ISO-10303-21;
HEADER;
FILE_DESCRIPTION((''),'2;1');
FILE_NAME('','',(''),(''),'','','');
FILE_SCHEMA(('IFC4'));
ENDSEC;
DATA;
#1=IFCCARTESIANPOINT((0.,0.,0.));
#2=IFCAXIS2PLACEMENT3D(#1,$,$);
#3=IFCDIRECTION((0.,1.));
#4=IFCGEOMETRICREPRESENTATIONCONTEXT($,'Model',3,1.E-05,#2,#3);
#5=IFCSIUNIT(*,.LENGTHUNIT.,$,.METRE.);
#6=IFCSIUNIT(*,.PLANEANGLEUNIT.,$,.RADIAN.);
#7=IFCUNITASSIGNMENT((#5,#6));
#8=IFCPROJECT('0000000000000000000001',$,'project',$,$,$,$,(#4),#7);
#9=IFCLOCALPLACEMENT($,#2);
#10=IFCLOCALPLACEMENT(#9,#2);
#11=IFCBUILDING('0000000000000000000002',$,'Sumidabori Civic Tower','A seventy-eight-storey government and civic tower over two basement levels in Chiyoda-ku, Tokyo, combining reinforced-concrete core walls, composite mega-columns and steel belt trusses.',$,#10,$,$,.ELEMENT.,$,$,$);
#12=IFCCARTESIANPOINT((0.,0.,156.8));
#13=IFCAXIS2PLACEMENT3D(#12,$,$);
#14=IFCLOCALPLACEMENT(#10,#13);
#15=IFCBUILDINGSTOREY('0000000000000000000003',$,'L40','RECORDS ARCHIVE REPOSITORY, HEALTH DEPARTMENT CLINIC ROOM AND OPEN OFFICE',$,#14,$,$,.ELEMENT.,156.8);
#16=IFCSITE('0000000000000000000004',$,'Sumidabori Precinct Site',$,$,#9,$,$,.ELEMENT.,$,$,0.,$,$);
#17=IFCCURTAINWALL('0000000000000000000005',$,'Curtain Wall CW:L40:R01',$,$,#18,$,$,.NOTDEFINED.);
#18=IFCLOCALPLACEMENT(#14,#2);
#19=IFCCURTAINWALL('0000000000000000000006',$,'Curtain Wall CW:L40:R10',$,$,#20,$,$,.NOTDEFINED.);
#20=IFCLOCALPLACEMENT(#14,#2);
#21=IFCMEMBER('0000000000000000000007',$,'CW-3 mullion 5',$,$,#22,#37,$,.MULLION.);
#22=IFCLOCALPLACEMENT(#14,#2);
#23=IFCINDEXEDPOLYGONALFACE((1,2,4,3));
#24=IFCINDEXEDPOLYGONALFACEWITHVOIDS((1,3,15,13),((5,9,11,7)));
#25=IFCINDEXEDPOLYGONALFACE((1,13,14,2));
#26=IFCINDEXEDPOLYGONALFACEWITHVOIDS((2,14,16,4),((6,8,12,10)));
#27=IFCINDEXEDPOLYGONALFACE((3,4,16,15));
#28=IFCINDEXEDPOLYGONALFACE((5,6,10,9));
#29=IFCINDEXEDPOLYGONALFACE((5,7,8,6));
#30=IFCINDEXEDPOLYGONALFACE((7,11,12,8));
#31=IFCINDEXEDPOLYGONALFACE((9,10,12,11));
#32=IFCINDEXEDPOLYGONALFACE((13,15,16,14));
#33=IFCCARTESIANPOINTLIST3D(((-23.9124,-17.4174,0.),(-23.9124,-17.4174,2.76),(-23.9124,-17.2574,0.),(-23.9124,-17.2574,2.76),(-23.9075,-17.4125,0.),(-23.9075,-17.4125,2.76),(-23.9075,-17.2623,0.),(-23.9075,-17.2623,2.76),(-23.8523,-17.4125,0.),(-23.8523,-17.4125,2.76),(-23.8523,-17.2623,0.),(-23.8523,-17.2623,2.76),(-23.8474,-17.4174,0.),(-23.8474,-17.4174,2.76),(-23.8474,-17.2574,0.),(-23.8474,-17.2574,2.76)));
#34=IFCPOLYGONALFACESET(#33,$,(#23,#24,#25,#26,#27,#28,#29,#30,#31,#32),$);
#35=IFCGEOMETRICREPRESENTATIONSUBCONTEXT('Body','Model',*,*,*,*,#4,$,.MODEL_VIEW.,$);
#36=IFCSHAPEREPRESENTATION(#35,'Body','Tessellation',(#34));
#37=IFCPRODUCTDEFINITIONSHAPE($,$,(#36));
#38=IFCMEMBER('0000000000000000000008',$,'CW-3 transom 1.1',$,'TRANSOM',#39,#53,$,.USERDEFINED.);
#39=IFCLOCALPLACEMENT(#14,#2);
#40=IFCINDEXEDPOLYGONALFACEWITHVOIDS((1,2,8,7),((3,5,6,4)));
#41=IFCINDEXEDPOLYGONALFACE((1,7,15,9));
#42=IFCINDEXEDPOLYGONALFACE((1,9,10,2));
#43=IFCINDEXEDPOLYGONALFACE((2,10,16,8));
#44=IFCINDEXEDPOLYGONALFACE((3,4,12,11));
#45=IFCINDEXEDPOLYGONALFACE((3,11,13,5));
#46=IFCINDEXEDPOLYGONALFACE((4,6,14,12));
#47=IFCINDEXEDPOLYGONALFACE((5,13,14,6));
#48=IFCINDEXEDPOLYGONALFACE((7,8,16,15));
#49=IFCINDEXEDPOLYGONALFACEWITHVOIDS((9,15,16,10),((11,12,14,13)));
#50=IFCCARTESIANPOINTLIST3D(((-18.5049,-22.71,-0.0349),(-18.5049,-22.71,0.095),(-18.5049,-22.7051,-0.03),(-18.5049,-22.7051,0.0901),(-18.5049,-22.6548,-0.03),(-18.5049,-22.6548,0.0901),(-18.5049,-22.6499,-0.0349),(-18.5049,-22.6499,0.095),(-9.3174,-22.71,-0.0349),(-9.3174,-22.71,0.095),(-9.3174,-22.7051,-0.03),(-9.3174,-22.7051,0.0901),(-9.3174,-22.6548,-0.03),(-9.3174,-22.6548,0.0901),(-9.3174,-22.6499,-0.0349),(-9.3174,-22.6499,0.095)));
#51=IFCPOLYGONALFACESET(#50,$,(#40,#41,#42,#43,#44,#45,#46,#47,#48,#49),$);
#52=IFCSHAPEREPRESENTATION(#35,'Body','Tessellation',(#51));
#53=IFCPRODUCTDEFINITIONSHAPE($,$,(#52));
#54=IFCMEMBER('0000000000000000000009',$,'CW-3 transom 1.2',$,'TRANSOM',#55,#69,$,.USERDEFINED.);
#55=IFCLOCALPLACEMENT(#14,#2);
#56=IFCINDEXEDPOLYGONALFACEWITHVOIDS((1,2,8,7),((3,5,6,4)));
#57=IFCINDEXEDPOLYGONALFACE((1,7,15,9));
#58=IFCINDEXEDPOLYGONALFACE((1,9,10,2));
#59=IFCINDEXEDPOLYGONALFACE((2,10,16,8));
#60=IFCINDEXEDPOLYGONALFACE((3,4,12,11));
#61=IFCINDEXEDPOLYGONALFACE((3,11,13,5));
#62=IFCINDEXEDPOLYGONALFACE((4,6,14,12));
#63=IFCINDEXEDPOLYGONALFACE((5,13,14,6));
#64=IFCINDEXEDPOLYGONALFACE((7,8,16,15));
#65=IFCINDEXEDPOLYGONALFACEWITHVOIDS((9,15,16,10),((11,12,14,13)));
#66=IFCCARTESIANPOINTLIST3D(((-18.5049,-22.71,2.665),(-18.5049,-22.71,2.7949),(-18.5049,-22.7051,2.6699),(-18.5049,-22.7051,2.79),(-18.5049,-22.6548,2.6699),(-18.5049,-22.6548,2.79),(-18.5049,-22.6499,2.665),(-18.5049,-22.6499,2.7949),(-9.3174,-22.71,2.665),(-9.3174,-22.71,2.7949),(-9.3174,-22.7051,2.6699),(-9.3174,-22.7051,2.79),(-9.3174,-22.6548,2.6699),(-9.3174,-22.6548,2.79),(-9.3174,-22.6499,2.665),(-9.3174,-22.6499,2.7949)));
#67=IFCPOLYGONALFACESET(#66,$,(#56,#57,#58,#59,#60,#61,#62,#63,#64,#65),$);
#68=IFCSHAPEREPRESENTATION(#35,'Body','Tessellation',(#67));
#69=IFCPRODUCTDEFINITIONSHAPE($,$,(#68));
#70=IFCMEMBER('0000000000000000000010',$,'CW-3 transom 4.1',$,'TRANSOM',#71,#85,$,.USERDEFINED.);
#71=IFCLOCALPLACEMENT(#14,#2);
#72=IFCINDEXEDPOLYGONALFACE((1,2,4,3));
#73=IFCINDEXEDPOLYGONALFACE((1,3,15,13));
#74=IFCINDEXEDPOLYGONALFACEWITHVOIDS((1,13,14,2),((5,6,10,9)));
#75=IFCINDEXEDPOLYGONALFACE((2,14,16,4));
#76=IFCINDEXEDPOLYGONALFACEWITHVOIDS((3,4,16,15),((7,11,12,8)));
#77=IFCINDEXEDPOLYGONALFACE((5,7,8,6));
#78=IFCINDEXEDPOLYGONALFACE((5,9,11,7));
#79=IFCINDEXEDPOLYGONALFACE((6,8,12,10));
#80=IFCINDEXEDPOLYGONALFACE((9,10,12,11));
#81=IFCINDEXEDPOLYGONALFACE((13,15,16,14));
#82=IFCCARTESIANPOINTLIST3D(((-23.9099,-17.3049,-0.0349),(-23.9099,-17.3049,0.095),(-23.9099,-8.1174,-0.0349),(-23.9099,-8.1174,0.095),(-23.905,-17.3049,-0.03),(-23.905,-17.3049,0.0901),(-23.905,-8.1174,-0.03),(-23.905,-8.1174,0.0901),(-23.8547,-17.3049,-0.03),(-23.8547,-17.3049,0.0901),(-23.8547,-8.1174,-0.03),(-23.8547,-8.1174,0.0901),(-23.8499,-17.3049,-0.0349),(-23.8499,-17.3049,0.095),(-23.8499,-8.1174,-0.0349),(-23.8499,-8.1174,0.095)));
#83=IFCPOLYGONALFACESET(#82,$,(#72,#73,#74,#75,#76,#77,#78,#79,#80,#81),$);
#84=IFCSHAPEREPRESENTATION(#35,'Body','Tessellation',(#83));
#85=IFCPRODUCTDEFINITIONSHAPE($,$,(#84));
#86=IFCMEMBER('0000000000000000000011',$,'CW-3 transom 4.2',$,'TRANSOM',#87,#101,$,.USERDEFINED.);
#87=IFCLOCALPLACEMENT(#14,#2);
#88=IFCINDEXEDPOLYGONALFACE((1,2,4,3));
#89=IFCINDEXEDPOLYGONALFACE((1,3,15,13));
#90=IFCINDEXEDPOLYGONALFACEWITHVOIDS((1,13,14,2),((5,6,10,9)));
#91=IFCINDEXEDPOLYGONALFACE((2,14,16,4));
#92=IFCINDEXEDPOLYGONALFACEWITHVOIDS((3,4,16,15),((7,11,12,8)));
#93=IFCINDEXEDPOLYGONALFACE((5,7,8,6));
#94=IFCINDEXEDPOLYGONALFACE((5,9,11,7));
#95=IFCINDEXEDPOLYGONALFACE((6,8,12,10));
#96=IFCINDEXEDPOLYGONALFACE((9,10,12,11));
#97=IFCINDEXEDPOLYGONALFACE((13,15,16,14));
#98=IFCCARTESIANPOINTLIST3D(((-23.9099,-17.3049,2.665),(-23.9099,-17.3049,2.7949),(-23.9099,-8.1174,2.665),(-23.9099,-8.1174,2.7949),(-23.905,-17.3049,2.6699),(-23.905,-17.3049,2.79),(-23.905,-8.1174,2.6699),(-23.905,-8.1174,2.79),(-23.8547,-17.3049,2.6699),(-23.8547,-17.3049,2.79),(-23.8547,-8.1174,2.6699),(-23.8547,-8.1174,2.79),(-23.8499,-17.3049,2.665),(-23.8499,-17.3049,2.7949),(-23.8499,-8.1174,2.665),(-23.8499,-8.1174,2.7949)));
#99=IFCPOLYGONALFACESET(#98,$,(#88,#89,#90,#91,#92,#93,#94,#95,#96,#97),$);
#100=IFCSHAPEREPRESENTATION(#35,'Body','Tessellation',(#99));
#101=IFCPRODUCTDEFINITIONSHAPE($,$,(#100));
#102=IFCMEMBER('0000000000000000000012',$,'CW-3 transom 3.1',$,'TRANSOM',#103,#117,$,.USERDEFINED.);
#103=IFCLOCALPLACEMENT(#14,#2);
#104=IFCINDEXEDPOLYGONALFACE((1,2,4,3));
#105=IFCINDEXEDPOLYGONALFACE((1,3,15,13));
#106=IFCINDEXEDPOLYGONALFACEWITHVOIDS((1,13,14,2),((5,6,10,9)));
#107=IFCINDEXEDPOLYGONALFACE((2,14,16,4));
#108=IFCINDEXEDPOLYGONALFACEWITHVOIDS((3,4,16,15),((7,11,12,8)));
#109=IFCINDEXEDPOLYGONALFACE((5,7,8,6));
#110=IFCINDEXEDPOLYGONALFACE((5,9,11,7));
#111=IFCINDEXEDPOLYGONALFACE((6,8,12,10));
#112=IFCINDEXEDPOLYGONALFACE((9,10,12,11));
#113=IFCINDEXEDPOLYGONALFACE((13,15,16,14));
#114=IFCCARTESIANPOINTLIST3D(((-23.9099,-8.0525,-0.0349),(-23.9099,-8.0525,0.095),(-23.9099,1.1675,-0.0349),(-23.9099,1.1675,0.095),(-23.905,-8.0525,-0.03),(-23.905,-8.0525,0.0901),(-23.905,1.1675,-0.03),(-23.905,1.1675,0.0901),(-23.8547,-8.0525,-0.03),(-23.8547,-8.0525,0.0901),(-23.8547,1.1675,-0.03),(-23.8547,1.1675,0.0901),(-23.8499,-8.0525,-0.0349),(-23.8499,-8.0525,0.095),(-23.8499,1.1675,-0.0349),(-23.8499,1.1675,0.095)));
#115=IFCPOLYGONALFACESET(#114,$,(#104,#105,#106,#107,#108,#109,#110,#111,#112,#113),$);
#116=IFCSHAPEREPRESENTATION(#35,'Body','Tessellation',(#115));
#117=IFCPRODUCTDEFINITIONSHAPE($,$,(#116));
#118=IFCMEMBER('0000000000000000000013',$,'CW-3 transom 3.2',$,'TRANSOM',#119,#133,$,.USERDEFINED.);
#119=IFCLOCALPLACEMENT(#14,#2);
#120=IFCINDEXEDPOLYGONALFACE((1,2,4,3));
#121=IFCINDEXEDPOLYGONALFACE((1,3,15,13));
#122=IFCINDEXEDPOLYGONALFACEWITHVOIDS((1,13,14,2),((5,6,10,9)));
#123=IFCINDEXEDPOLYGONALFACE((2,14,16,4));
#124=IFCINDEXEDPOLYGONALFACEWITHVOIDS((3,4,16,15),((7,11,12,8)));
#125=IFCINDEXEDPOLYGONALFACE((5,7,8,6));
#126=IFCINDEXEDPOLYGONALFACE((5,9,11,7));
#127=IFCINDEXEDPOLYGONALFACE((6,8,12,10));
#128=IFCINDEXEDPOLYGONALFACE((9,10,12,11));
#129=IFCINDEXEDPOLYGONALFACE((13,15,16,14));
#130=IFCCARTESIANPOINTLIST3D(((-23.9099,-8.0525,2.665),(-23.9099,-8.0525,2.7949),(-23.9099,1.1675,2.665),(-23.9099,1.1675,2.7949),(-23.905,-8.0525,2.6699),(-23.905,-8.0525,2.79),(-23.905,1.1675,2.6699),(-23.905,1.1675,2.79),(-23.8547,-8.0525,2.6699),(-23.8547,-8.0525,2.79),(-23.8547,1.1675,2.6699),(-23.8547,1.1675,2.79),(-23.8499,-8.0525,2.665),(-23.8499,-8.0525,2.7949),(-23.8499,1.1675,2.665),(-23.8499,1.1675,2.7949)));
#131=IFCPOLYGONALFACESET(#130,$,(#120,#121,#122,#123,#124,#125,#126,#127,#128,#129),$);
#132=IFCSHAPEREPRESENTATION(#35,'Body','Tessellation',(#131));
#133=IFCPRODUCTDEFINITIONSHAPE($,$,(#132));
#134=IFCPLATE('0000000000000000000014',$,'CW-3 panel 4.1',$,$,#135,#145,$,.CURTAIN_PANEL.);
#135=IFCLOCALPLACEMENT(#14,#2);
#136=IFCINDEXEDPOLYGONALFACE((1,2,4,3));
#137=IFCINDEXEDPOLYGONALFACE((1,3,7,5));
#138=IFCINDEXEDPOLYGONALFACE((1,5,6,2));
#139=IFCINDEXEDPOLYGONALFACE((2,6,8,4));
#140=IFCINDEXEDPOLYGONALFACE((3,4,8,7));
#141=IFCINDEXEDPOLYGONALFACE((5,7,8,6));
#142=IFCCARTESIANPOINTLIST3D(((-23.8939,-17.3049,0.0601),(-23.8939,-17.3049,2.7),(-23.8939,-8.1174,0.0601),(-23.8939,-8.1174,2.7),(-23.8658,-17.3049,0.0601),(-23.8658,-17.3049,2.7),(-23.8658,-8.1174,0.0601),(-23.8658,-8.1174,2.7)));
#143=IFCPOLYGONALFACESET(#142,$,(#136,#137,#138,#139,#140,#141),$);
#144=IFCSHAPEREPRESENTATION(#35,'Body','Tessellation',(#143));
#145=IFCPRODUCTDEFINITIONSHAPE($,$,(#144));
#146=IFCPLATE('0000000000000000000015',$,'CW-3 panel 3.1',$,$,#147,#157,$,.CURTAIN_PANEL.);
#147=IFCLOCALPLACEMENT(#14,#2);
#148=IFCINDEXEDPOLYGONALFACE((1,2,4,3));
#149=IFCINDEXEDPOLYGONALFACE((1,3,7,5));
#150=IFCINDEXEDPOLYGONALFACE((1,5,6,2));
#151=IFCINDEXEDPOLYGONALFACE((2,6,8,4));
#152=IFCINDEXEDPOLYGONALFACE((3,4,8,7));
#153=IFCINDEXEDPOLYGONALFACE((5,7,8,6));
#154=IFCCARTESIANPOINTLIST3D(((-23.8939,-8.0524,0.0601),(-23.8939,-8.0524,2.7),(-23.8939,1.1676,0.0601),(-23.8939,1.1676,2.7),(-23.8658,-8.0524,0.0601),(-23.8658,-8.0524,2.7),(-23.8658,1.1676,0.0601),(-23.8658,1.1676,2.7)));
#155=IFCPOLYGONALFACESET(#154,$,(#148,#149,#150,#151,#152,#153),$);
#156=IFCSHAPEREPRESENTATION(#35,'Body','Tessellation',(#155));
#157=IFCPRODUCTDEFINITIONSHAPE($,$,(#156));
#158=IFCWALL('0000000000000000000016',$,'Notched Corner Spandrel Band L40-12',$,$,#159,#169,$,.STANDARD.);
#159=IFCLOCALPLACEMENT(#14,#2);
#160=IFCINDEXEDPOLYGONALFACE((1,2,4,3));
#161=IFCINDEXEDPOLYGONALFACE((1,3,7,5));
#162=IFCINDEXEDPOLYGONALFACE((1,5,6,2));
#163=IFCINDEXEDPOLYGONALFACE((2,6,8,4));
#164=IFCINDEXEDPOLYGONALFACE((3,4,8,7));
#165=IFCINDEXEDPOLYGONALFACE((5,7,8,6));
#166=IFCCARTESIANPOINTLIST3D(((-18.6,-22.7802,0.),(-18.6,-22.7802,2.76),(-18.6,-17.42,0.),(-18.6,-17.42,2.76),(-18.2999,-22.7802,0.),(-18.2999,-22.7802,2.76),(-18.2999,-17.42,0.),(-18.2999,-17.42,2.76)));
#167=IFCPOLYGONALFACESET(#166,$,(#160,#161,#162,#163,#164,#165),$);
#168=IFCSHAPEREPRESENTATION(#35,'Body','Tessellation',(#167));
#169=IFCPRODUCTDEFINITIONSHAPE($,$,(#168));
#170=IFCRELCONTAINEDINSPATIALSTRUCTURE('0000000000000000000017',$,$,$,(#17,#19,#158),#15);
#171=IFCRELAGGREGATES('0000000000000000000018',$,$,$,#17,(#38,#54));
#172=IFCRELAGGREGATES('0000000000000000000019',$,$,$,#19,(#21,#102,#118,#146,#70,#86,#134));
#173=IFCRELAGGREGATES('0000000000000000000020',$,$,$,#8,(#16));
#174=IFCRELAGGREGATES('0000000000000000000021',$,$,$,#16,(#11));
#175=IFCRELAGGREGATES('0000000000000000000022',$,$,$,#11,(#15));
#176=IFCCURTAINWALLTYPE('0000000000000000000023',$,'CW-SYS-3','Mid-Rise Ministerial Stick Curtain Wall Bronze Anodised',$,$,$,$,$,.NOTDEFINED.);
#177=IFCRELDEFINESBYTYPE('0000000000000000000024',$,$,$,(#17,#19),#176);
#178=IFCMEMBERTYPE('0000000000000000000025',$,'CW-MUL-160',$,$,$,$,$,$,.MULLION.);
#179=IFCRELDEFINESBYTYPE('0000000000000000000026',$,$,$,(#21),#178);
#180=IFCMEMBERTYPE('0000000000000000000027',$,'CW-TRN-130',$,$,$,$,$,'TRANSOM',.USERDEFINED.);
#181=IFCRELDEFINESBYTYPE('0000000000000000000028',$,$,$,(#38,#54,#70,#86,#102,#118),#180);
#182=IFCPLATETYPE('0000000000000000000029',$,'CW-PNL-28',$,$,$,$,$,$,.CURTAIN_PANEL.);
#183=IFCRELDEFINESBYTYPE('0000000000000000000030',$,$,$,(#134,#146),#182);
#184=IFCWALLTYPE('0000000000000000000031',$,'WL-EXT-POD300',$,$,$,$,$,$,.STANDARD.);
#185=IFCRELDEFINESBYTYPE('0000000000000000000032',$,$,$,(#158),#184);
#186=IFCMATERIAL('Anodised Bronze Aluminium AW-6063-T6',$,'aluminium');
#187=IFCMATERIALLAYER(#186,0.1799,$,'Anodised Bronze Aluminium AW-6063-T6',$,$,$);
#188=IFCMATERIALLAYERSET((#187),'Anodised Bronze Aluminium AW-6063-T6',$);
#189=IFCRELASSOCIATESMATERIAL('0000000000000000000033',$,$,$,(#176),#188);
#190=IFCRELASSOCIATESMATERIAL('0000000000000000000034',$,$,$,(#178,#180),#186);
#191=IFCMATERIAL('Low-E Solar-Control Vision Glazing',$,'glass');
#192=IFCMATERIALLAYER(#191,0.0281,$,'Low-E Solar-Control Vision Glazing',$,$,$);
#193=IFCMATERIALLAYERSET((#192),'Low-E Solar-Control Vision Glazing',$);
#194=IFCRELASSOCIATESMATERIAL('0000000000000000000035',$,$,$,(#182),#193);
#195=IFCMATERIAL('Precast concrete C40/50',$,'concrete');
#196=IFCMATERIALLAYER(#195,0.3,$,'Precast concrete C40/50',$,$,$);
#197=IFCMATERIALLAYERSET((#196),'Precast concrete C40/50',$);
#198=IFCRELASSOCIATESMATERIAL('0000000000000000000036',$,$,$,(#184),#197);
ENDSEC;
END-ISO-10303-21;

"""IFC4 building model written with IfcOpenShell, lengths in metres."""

from ifc_helpers import new_model, si_unit, direction, frame, frame_2d, origin, origin_2d, place, context, subcontext, project, spatial, rectangle, hollow_rectangle, extrude, source, transform, mapped, material, layer, layer_set, material_profile, profile_set, type_object, element, aggregate, save


model = new_model("IFC4")

# Units and contexts
model_context = context("Model", 3, precision=1e-05, world=origin(), true_north=direction((0.0, 1.0)))
body_context = subcontext(model_context, "Body", "Model", "MODEL_VIEW")
ifc_project = project(units=[si_unit("LENGTHUNIT", "METRE"), si_unit("PLANEANGLEUNIT", "RADIAN")], contexts=[model_context])

# Site, building, storey
site_placement = place(None, origin())
site = spatial("IfcSite", under=ifc_project, at=site_placement, Name="Sumidabori Precinct Site", CompositionType="ELEMENT", RefElevation=0.0)
building_placement = place(site_placement, origin())
building = spatial("IfcBuilding", under=site, at=building_placement, Name="Sumidabori Civic Tower", Description="A seventy-eight-storey government and civic tower over two basement levels in Chiyoda-ku, Tokyo, combining reinforced-concrete core walls, composite mega-columns and steel belt trusses.", CompositionType="ELEMENT")
storey_placement = place(building_placement, frame((0.0, 0.0, 156.8)))
storey = spatial("IfcBuildingStorey", under=building, at=storey_placement, Name="L40", Description="RECORDS ARCHIVE REPOSITORY, HEALTH DEPARTMENT CLINIC ROOM AND OPEN OFFICE", CompositionType="ELEMENT", Elevation=156.8)

# Curtain wall
ifc_material_1 = material(Name="Anodised Bronze Aluminium AW-6063-T6", Category="aluminium")
ifc_layer_1 = layer(ifc_material_1, 0.1799, Name="Anodised Bronze Aluminium AW-6063-T6")
ifc_layer_set_1 = layer_set([ifc_layer_1], Name="Anodised Bronze Aluminium AW-6063-T6")
curtain_wall_type = type_object("IfcCurtainWallType", Name="CW-SYS-3", Description="Mid-Rise Ministerial Stick Curtain Wall Bronze Anodised", PredefinedType="NOTDEFINED", material=ifc_layer_set_1)
curtain_wall_1_placement = place(storey_placement, origin())
curtain_wall_1 = element("IfcCurtainWall", 1, at=curtain_wall_1_placement, inside=storey, type_object=curtain_wall_type, Name="Curtain Wall CW:L40:R01", PredefinedType="NOTDEFINED")
ifc_material_profile_1 = material_profile(ifc_material_1, hollow_rectangle(XDim=0.0649, YDim=0.1599, WallThickness=0.0049, at=origin_2d()), Name="ALU MULLION 160x65")
ifc_profile_set_1 = profile_set([ifc_material_profile_1], Name="Anodised Bronze Aluminium AW-6063-T6")
member_type_1 = type_object("IfcMemberType", Name="CW-MUL-160", PredefinedType="MULLION", material=ifc_profile_set_1)
shared_shape_1 = source(origin(), body_context, "Body", "SweptSolid", [
    extrude(hollow_rectangle(XDim=0.0649, YDim=0.1599, WallThickness=0.0049, at=origin_2d()), origin(), (0.0, 0.0, 1.0), 2.76),
])

# Curtain wall, member
curtain_wall_2_placement = place(storey_placement, origin())
curtain_wall_2 = element("IfcCurtainWall", 2, at=curtain_wall_2_placement, inside=storey, type_object=curtain_wall_type, Name="Curtain Wall CW:L40:R10", PredefinedType="NOTDEFINED")
member_1_placement = place(storey_placement, frame((-23.8799, -17.3374, 0.0), z_axis=(0.0, 0.0, 1.0), x_axis=(1.0, 0.0, 0.0)))
member_1 = element("IfcMember", 3, at=member_1_placement, type_object=member_type_1, Name="CW-3 mullion 5", PredefinedType="MULLION", context=body_context, shape_type="MappedRepresentation", body=[
    mapped(shared_shape_1, transform((0.0, 0.0, 0.0), x_axis=(1.0, 0.0, 0.0), y_axis=(0.0, 1.0, 0.0), z_axis=(0.0, 0.0, 1.0), scale=1.0)),
])

# Members
ifc_material_profile_2 = material_profile(ifc_material_1, hollow_rectangle(XDim=0.0601, YDim=0.1299, WallThickness=0.0049, at=origin_2d()), Name="ALU TRANSOM 130x60")
ifc_profile_set_2 = profile_set([ifc_material_profile_2], Name="Anodised Bronze Aluminium AW-6063-T6")
member_type_2 = type_object("IfcMemberType", Name="CW-TRN-130", ElementType="TRANSOM", PredefinedType="USERDEFINED", material=ifc_profile_set_2)
shared_shape_2 = source(origin(), body_context, "Body", "SweptSolid", [
    extrude(hollow_rectangle(XDim=0.0601, YDim=0.1299, WallThickness=0.0049, at=origin_2d()), origin(), (0.0, 0.0, 1.0), 9.1875),
])
member_2_placement = place(storey_placement, frame((-18.5049, -22.6799, 0.03), z_axis=(1.0, 0.0, 0.0), x_axis=(0.0, 1.0, 0.0)))
member_2 = element("IfcMember", 4, at=member_2_placement, type_object=member_type_2, Name="CW-3 transom 1.1", ObjectType="TRANSOM", PredefinedType="USERDEFINED", context=body_context, shape_type="MappedRepresentation", body=[
    mapped(shared_shape_2, transform((0.0, 0.0, 0.0), x_axis=(1.0, 0.0, 0.0), y_axis=(0.0, 1.0, 0.0), z_axis=(0.0, 0.0, 1.0), scale=1.0)),
])
member_3_placement = place(storey_placement, frame((-18.5049, -22.6799, 2.73), z_axis=(1.0, 0.0, 0.0), x_axis=(0.0, 1.0, 0.0)))
member_3 = element("IfcMember", 5, at=member_3_placement, type_object=member_type_2, Name="CW-3 transom 1.2", ObjectType="TRANSOM", PredefinedType="USERDEFINED", context=body_context, shape_type="MappedRepresentation", body=[
    mapped(shared_shape_2, transform((0.0, 0.0, 0.0), x_axis=(1.0, 0.0, 0.0), y_axis=(0.0, 1.0, 0.0), z_axis=(0.0, 0.0, 1.0), scale=1.0)),
])
aggregate(curtain_wall_1, [member_2, member_3])
member_4_placement = place(storey_placement, frame((-23.8799, -8.1174, 0.03), z_axis=(0.0, -1.0, 0.0), x_axis=(1.0, 0.0, 0.0)))
member_4 = element("IfcMember", 6, at=member_4_placement, type_object=member_type_2, Name="CW-3 transom 4.1", ObjectType="TRANSOM", PredefinedType="USERDEFINED", context=body_context, shape_type="MappedRepresentation", body=[
    mapped(shared_shape_2, transform((0.0, 0.0, 0.0), x_axis=(1.0, 0.0, 0.0), y_axis=(0.0, 1.0, 0.0), z_axis=(0.0, 0.0, 1.0), scale=1.0)),
])
member_5_placement = place(storey_placement, frame((-23.8799, -8.1174, 2.73), z_axis=(0.0, -1.0, 0.0), x_axis=(1.0, 0.0, 0.0)))
member_5 = element("IfcMember", 7, at=member_5_placement, type_object=member_type_2, Name="CW-3 transom 4.2", ObjectType="TRANSOM", PredefinedType="USERDEFINED", context=body_context, shape_type="MappedRepresentation", body=[
    mapped(shared_shape_2, transform((0.0, 0.0, 0.0), x_axis=(1.0, 0.0, 0.0), y_axis=(0.0, 1.0, 0.0), z_axis=(0.0, 0.0, 1.0), scale=1.0)),
])
shared_shape_3 = source(origin(), body_context, "Body", "SweptSolid", [
    extrude(hollow_rectangle(XDim=0.0601, YDim=0.1299, WallThickness=0.0049, at=origin_2d()), origin(), (0.0, 0.0, 1.0), 9.22),
])
member_6_placement = place(storey_placement, frame((-23.8799, 1.1675, 0.03), z_axis=(0.0, -1.0, 0.0), x_axis=(1.0, 0.0, 0.0)))
member_6 = element("IfcMember", 8, at=member_6_placement, type_object=member_type_2, Name="CW-3 transom 3.1", ObjectType="TRANSOM", PredefinedType="USERDEFINED", context=body_context, shape_type="MappedRepresentation", body=[
    mapped(shared_shape_3, transform((0.0, 0.0, 0.0), x_axis=(1.0, 0.0, 0.0), y_axis=(0.0, 1.0, 0.0), z_axis=(0.0, 0.0, 1.0), scale=1.0)),
])
member_7_placement = place(storey_placement, frame((-23.8799, 1.1675, 2.73), z_axis=(0.0, -1.0, 0.0), x_axis=(1.0, 0.0, 0.0)))
member_7 = element("IfcMember", 9, at=member_7_placement, type_object=member_type_2, Name="CW-3 transom 3.2", ObjectType="TRANSOM", PredefinedType="USERDEFINED", context=body_context, shape_type="MappedRepresentation", body=[
    mapped(shared_shape_3, transform((0.0, 0.0, 0.0), x_axis=(1.0, 0.0, 0.0), y_axis=(0.0, 1.0, 0.0), z_axis=(0.0, 0.0, 1.0), scale=1.0)),
])

# Plates
ifc_material_2 = material(Name="Low-E Solar-Control Vision Glazing", Category="glass")
ifc_layer_2 = layer(ifc_material_2, 0.0281, Name="Low-E Solar-Control Vision Glazing")
ifc_layer_set_2 = layer_set([ifc_layer_2], Name="Low-E Solar-Control Vision Glazing")
plate_type = type_object("IfcPlateType", Name="CW-PNL-28", PredefinedType="CURTAIN_PANEL", material=ifc_layer_set_2)
shared_shape_4 = source(origin(), body_context, "Body", "SweptSolid", [
    extrude(rectangle(XDim=9.1875, YDim=0.0281, at=origin_2d()), origin(), (0.0, 0.0, 1.0), 2.6399),
])
plate_1_placement = place(storey_placement, frame((-23.8799, -12.7112, 0.0601), z_axis=(0.0, 0.0, 1.0), x_axis=(0.0, -1.0, 0.0)))
plate_1 = element("IfcPlate", 10, at=plate_1_placement, type_object=plate_type, Name="CW-3 panel 4.1", PredefinedType="CURTAIN_PANEL", context=body_context, shape_type="MappedRepresentation", body=[
    mapped(shared_shape_4, transform((0.0, 0.0, 0.0), x_axis=(1.0, 0.0, 0.0), y_axis=(0.0, 1.0, 0.0), z_axis=(0.0, 0.0, 1.0), scale=1.0)),
])
shared_shape_5 = source(origin(), body_context, "Body", "SweptSolid", [
    extrude(rectangle(XDim=9.22, YDim=0.0281, at=origin_2d()), origin(), (0.0, 0.0, 1.0), 2.6399),
])
plate_2_placement = place(storey_placement, frame((-23.8799, -3.4424, 0.0601), z_axis=(0.0, 0.0, 1.0), x_axis=(0.0, -1.0, 0.0)))
plate_2 = element("IfcPlate", 11, at=plate_2_placement, type_object=plate_type, Name="CW-3 panel 3.1", PredefinedType="CURTAIN_PANEL", context=body_context, shape_type="MappedRepresentation", body=[
    mapped(shared_shape_5, transform((0.0, 0.0, 0.0), x_axis=(1.0, 0.0, 0.0), y_axis=(0.0, 1.0, 0.0), z_axis=(0.0, 0.0, 1.0), scale=1.0)),
])
aggregate(curtain_wall_2, [member_1, member_6, member_7, plate_2, member_4, member_5, plate_1])

# Wall
ifc_material_3 = material(Name="Precast concrete C40/50", Category="concrete")
ifc_layer_3 = layer(ifc_material_3, 0.3, Name="Precast concrete C40/50")
ifc_layer_set_3 = layer_set([ifc_layer_3], Name="Precast concrete C40/50")
wall_type = type_object("IfcWallType", Name="WL-EXT-POD300", PredefinedType="STANDARD", material=ifc_layer_set_3)
shared_shape_6 = source(origin(), body_context, "Body", "SweptSolid", [
    extrude(rectangle(XDim=5.3601, YDim=0.3, at=frame_2d((2.6802, 0.0))), origin(), (0.0, 0.0, 1.0), 2.76),
])
wall_1_placement = place(storey_placement, frame((-18.45, -17.4199, 0.0), z_axis=(0.0, 0.0, 1.0), x_axis=(0.0, -1.0, 0.0)))
element("IfcWall", 12, at=wall_1_placement, inside=storey, type_object=wall_type, Name="Notched Corner Spandrel Band L40-12", PredefinedType="STANDARD", context=body_context, shape_type="MappedRepresentation", body=[
    mapped(shared_shape_6, transform((0.0, 0.0, 0.0), x_axis=(1.0, 0.0, 0.0), y_axis=(0.0, 1.0, 0.0), z_axis=(0.0, 0.0, 1.0), scale=1.0)),
])

save(model, "model.ifc")
